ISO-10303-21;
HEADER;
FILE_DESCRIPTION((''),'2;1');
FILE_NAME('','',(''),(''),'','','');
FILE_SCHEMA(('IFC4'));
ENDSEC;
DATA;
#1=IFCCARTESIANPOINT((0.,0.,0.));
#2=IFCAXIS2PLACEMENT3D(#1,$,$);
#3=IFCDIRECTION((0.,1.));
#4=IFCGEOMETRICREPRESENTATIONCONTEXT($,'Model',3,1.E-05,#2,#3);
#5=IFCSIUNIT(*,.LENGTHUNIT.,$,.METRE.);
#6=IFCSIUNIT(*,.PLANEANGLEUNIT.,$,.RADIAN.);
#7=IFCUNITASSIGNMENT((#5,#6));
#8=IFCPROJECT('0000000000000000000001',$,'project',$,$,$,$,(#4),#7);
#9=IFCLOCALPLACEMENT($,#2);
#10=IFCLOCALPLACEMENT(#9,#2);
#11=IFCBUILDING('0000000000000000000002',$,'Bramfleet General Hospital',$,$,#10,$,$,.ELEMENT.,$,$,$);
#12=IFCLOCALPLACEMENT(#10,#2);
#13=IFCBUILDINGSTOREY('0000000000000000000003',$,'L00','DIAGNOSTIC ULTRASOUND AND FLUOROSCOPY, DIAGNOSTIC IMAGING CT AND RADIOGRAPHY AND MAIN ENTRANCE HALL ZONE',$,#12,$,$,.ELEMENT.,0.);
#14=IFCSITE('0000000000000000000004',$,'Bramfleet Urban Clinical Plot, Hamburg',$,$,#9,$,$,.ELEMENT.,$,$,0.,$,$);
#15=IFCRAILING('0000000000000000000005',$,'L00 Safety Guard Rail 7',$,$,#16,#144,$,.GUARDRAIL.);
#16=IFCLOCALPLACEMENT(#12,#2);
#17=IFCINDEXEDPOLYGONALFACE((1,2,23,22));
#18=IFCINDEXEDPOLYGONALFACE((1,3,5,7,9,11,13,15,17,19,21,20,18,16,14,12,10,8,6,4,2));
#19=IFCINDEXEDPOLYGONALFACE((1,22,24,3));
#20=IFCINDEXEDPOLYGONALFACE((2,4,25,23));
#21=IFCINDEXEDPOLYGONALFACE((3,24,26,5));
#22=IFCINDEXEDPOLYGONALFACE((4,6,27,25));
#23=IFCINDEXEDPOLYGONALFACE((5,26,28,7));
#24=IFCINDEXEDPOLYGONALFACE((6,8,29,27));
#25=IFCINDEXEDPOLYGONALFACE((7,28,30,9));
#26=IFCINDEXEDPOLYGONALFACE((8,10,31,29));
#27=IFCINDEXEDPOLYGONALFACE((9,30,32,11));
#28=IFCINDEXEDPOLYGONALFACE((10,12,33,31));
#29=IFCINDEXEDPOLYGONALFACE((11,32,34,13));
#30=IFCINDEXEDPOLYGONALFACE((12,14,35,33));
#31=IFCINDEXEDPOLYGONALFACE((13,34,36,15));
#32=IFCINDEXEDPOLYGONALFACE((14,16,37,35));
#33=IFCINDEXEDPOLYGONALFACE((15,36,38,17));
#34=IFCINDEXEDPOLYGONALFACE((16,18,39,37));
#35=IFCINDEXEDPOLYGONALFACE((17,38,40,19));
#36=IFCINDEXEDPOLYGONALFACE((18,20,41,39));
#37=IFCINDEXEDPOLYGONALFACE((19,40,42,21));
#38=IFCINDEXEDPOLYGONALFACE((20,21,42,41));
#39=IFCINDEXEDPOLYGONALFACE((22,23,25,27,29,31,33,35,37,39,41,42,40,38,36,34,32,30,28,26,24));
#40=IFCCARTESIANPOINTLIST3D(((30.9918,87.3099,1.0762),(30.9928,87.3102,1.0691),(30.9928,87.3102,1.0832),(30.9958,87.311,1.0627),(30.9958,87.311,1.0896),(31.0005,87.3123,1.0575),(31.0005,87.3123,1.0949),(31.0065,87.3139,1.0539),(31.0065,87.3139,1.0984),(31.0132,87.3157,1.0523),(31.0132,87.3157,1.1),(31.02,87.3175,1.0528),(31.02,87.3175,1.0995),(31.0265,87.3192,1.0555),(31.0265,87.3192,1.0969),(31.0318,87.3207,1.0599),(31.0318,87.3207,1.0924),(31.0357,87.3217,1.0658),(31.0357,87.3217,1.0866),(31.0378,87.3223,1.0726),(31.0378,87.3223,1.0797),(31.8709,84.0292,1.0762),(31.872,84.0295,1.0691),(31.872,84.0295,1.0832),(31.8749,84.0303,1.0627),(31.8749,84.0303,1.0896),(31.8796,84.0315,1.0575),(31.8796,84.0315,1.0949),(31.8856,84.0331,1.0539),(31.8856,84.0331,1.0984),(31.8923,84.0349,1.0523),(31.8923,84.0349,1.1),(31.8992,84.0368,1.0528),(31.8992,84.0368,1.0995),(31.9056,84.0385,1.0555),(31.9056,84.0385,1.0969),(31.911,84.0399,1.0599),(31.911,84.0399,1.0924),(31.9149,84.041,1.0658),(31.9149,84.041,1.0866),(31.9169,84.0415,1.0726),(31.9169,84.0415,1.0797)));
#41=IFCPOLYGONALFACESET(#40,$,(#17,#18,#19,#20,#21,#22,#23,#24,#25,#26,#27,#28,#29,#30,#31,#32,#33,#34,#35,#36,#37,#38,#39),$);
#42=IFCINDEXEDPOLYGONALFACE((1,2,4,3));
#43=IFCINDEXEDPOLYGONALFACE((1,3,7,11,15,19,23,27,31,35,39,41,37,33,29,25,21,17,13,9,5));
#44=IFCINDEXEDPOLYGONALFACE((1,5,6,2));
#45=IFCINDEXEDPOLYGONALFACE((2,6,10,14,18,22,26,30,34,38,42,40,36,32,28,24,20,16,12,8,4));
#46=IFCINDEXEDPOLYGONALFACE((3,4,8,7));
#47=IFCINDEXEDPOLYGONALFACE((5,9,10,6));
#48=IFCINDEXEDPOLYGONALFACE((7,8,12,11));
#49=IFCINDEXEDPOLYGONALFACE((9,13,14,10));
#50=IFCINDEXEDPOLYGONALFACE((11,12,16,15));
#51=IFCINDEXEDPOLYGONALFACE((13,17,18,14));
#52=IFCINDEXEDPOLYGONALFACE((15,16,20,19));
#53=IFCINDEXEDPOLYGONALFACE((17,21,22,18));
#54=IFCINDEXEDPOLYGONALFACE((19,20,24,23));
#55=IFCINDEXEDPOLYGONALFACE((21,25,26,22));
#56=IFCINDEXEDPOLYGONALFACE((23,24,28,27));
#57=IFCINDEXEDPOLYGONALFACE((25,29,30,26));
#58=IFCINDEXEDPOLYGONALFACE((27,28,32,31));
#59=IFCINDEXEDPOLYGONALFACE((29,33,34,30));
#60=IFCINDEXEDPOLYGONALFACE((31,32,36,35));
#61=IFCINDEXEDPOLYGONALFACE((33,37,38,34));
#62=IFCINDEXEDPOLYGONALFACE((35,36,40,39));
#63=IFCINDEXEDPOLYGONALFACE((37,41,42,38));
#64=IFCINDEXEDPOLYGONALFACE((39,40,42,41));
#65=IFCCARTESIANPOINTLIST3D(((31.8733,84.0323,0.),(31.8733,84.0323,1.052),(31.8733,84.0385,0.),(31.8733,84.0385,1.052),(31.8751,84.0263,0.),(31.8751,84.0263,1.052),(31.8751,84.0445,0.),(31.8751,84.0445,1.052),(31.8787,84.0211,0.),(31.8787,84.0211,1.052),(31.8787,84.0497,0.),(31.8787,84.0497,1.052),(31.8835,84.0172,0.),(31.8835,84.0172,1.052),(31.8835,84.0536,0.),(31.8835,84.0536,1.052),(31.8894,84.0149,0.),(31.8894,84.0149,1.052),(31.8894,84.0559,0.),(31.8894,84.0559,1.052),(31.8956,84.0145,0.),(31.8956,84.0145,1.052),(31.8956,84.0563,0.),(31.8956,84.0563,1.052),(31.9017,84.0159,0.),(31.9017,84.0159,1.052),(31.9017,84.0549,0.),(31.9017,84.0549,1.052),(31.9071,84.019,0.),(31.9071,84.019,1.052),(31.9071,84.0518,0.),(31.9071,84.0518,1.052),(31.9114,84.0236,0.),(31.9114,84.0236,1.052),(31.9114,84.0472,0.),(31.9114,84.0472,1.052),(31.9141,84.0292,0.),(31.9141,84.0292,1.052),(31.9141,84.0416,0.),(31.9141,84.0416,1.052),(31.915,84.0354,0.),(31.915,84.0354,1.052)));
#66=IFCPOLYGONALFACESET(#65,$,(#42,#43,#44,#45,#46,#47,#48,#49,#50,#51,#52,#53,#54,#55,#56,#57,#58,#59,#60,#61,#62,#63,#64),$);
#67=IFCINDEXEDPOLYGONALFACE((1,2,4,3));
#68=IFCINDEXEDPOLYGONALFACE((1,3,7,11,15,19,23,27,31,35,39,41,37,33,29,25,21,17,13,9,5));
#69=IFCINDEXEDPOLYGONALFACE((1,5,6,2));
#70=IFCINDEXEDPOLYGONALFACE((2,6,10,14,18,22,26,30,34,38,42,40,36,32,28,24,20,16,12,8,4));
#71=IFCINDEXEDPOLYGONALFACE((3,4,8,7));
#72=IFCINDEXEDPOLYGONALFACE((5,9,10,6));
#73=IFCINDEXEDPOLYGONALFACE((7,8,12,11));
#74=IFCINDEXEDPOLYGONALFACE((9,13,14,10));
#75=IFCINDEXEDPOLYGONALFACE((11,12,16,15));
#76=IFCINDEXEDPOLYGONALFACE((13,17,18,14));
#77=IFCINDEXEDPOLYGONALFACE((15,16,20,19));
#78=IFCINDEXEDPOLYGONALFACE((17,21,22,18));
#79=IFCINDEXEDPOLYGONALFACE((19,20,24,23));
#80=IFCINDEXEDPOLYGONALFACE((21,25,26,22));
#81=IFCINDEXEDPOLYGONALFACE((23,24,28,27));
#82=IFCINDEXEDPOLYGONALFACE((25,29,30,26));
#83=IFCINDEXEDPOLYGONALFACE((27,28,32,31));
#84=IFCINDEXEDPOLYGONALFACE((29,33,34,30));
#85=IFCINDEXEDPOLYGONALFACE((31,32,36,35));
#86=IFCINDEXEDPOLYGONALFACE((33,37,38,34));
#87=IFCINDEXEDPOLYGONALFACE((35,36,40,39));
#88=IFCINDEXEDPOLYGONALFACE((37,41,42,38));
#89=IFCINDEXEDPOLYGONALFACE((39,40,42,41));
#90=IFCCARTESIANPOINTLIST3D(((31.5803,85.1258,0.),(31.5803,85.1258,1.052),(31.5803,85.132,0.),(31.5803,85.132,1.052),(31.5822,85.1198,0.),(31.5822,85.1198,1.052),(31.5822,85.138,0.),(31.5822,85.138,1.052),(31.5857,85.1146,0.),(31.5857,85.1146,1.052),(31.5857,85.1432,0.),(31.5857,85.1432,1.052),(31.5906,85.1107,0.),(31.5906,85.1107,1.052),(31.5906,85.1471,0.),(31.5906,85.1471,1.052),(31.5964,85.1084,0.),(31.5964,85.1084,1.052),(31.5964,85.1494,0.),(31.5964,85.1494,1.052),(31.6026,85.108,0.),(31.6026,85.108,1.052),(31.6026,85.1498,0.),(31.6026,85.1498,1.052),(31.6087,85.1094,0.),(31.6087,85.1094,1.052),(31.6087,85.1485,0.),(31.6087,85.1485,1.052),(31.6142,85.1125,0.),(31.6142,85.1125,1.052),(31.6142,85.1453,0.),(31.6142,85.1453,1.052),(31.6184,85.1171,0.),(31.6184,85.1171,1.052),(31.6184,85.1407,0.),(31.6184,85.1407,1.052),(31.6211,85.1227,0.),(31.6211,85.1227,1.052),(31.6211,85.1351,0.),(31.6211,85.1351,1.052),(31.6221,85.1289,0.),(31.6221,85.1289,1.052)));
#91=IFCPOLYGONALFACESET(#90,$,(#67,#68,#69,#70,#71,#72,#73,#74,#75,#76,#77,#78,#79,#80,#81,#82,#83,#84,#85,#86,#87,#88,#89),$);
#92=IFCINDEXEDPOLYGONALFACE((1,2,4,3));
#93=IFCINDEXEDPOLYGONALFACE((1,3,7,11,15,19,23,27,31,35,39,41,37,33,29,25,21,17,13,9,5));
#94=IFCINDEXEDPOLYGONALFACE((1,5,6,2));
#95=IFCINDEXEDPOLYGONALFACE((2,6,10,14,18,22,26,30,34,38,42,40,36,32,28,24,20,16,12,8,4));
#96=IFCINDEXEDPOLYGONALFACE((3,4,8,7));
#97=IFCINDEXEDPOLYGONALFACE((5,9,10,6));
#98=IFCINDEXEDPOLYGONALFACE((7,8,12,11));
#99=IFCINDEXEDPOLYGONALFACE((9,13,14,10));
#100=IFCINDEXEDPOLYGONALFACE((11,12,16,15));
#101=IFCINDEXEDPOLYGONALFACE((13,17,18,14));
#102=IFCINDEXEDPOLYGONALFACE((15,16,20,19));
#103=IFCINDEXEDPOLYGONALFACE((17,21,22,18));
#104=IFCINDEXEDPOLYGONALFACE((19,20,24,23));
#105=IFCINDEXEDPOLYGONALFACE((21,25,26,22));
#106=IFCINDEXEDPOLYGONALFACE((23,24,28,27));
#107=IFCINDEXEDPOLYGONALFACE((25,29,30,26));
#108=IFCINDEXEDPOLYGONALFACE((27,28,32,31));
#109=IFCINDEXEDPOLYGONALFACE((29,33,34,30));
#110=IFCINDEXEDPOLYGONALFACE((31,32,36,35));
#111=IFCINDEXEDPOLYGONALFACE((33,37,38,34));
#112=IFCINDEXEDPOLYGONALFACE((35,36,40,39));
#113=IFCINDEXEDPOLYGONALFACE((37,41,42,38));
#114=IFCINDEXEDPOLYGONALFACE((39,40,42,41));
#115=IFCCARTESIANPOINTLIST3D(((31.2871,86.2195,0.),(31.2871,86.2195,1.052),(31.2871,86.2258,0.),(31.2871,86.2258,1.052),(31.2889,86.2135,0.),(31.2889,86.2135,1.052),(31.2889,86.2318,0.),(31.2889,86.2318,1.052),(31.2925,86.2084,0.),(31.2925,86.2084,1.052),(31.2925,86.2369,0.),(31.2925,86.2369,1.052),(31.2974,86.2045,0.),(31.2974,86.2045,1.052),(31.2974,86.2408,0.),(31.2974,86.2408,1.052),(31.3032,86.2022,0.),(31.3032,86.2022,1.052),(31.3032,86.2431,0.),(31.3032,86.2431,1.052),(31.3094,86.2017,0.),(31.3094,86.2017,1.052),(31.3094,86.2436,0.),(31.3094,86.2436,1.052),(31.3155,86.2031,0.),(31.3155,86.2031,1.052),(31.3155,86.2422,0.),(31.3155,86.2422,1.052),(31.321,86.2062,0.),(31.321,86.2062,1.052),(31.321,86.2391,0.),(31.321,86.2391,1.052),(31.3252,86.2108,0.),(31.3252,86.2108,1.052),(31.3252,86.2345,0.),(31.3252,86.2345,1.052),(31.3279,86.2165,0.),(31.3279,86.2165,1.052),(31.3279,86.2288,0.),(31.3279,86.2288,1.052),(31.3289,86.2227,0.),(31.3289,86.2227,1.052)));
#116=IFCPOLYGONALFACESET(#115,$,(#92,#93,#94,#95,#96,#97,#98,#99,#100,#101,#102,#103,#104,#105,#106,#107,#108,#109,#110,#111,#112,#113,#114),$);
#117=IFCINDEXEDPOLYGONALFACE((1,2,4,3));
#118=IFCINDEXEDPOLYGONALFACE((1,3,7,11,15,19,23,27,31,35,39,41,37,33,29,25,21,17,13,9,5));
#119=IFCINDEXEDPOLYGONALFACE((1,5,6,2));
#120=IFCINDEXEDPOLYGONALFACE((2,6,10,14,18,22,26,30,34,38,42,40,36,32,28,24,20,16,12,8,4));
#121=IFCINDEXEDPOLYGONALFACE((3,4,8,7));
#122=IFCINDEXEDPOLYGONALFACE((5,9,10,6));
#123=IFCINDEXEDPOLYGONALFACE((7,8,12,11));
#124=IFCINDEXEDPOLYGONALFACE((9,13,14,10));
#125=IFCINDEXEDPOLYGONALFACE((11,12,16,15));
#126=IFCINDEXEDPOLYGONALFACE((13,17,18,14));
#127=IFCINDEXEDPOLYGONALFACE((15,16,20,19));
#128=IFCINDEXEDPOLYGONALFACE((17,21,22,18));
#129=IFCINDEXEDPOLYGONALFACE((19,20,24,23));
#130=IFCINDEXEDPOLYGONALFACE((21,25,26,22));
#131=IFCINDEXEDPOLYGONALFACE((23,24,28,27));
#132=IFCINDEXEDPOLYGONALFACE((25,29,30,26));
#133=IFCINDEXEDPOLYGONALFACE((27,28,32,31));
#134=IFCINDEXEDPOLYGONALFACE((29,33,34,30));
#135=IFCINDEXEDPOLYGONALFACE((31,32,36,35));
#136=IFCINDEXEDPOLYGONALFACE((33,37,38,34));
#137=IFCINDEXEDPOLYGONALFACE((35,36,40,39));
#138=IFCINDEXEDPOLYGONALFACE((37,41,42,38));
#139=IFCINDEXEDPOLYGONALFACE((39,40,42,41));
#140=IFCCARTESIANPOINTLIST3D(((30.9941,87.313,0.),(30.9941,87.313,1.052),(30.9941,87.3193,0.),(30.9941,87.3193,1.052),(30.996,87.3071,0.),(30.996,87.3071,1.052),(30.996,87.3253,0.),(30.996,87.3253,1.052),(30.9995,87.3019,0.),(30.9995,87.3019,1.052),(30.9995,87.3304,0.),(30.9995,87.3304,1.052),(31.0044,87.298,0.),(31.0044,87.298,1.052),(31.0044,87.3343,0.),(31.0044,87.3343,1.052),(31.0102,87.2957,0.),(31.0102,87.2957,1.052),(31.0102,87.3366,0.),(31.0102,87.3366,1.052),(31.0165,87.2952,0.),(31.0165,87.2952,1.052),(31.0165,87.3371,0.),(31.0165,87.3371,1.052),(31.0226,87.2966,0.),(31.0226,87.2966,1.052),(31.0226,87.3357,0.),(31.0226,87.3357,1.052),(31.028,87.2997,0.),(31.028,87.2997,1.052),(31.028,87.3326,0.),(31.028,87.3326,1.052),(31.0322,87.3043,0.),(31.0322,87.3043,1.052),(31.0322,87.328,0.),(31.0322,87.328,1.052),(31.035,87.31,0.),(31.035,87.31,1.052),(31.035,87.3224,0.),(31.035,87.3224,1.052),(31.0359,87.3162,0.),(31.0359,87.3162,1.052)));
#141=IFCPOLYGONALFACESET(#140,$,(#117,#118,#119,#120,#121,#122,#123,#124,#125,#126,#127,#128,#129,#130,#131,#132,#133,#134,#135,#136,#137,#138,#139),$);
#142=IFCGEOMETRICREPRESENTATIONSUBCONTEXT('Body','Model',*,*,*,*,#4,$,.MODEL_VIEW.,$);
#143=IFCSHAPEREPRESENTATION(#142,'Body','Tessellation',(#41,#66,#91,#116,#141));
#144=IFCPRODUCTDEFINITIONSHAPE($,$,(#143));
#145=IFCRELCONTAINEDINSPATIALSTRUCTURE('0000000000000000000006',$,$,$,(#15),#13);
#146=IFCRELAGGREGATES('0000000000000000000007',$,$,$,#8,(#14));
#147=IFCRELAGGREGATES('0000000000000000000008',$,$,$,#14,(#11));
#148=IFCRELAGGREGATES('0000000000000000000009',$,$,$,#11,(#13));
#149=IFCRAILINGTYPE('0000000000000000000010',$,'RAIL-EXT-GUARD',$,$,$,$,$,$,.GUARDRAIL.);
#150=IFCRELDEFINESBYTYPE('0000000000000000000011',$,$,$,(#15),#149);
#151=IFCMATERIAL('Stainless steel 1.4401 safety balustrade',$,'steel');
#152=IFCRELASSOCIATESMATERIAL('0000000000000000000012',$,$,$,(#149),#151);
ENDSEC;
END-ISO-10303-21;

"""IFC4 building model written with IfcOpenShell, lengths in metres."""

from ifc_helpers import new_model, si_unit, direction, frame, origin, origin_2d, place, context, subcontext, project, spatial, circle, extrude, material, type_object, element, save


model = new_model("IFC4")

# Units and contexts
model_context = context("Model", 3, precision=1e-05, world=origin(), true_north=direction((0.0, 1.0)))
body_context = subcontext(model_context, "Body", "Model", "MODEL_VIEW")
ifc_project = project(units=[si_unit("LENGTHUNIT", "METRE"), si_unit("PLANEANGLEUNIT", "RADIAN")], contexts=[model_context])

# Site, building, storey
site_placement = place(None, origin())
site = spatial("IfcSite", under=ifc_project, at=site_placement, Name="Bramfleet Urban Clinical Plot, Hamburg", CompositionType="ELEMENT", RefElevation=0.0)
building_placement = place(site_placement, origin())
building = spatial("IfcBuilding", under=site, at=building_placement, Name="Bramfleet General Hospital", CompositionType="ELEMENT")
storey_placement = place(building_placement, origin())
storey = spatial("IfcBuildingStorey", under=building, at=storey_placement, Name="L00", Description="DIAGNOSTIC ULTRASOUND AND FLUOROSCOPY, DIAGNOSTIC IMAGING CT AND RADIOGRAPHY AND MAIN ENTRANCE HALL ZONE", CompositionType="ELEMENT", Elevation=0.0)

# Railing
ifc_material_1 = material(Name="Stainless steel 1.4401 safety balustrade", Category="steel")
railing_type = type_object("IfcRailingType", Name="RAIL-EXT-GUARD", PredefinedType="GUARDRAIL", material=ifc_material_1)
railing_1_placement = place(storey_placement, frame((31.894, 84.0354, 0.0)))
element("IfcRailing", 1, at=railing_1_placement, inside=storey, type_object=railing_type, Name="L00 Safety Guard Rail 7", PredefinedType="GUARDRAIL", context=body_context, shape_type="SweptSolid", body=[
    extrude(circle(Radius=0.0239, at=origin_2d()), frame((0.0, 0.0, 1.0762), z_axis=(-0.258839, 0.96592, 0.0), x_axis=(-0.96592, -0.258839, 0.0)), (0.0, 0.0, 1.0), 3.3965),
    extrude(circle(Radius=0.021, at=origin_2d()), origin(), (0.0, 0.0, 1.0), 1.052),
    extrude(circle(Radius=0.021, at=origin_2d()), frame((-0.293, 1.0935, 0.0)), (0.0, 0.0, 1.0), 1.052),
    extrude(circle(Radius=0.021, at=origin_2d()), frame((-0.5862, 2.1873, 0.0)), (0.0, 0.0, 1.0), 1.052),
    extrude(circle(Radius=0.021, at=origin_2d()), frame((-0.8792, 3.2808, 0.0)), (0.0, 0.0, 1.0), 1.052),
])

save(model, "model.ifc")
